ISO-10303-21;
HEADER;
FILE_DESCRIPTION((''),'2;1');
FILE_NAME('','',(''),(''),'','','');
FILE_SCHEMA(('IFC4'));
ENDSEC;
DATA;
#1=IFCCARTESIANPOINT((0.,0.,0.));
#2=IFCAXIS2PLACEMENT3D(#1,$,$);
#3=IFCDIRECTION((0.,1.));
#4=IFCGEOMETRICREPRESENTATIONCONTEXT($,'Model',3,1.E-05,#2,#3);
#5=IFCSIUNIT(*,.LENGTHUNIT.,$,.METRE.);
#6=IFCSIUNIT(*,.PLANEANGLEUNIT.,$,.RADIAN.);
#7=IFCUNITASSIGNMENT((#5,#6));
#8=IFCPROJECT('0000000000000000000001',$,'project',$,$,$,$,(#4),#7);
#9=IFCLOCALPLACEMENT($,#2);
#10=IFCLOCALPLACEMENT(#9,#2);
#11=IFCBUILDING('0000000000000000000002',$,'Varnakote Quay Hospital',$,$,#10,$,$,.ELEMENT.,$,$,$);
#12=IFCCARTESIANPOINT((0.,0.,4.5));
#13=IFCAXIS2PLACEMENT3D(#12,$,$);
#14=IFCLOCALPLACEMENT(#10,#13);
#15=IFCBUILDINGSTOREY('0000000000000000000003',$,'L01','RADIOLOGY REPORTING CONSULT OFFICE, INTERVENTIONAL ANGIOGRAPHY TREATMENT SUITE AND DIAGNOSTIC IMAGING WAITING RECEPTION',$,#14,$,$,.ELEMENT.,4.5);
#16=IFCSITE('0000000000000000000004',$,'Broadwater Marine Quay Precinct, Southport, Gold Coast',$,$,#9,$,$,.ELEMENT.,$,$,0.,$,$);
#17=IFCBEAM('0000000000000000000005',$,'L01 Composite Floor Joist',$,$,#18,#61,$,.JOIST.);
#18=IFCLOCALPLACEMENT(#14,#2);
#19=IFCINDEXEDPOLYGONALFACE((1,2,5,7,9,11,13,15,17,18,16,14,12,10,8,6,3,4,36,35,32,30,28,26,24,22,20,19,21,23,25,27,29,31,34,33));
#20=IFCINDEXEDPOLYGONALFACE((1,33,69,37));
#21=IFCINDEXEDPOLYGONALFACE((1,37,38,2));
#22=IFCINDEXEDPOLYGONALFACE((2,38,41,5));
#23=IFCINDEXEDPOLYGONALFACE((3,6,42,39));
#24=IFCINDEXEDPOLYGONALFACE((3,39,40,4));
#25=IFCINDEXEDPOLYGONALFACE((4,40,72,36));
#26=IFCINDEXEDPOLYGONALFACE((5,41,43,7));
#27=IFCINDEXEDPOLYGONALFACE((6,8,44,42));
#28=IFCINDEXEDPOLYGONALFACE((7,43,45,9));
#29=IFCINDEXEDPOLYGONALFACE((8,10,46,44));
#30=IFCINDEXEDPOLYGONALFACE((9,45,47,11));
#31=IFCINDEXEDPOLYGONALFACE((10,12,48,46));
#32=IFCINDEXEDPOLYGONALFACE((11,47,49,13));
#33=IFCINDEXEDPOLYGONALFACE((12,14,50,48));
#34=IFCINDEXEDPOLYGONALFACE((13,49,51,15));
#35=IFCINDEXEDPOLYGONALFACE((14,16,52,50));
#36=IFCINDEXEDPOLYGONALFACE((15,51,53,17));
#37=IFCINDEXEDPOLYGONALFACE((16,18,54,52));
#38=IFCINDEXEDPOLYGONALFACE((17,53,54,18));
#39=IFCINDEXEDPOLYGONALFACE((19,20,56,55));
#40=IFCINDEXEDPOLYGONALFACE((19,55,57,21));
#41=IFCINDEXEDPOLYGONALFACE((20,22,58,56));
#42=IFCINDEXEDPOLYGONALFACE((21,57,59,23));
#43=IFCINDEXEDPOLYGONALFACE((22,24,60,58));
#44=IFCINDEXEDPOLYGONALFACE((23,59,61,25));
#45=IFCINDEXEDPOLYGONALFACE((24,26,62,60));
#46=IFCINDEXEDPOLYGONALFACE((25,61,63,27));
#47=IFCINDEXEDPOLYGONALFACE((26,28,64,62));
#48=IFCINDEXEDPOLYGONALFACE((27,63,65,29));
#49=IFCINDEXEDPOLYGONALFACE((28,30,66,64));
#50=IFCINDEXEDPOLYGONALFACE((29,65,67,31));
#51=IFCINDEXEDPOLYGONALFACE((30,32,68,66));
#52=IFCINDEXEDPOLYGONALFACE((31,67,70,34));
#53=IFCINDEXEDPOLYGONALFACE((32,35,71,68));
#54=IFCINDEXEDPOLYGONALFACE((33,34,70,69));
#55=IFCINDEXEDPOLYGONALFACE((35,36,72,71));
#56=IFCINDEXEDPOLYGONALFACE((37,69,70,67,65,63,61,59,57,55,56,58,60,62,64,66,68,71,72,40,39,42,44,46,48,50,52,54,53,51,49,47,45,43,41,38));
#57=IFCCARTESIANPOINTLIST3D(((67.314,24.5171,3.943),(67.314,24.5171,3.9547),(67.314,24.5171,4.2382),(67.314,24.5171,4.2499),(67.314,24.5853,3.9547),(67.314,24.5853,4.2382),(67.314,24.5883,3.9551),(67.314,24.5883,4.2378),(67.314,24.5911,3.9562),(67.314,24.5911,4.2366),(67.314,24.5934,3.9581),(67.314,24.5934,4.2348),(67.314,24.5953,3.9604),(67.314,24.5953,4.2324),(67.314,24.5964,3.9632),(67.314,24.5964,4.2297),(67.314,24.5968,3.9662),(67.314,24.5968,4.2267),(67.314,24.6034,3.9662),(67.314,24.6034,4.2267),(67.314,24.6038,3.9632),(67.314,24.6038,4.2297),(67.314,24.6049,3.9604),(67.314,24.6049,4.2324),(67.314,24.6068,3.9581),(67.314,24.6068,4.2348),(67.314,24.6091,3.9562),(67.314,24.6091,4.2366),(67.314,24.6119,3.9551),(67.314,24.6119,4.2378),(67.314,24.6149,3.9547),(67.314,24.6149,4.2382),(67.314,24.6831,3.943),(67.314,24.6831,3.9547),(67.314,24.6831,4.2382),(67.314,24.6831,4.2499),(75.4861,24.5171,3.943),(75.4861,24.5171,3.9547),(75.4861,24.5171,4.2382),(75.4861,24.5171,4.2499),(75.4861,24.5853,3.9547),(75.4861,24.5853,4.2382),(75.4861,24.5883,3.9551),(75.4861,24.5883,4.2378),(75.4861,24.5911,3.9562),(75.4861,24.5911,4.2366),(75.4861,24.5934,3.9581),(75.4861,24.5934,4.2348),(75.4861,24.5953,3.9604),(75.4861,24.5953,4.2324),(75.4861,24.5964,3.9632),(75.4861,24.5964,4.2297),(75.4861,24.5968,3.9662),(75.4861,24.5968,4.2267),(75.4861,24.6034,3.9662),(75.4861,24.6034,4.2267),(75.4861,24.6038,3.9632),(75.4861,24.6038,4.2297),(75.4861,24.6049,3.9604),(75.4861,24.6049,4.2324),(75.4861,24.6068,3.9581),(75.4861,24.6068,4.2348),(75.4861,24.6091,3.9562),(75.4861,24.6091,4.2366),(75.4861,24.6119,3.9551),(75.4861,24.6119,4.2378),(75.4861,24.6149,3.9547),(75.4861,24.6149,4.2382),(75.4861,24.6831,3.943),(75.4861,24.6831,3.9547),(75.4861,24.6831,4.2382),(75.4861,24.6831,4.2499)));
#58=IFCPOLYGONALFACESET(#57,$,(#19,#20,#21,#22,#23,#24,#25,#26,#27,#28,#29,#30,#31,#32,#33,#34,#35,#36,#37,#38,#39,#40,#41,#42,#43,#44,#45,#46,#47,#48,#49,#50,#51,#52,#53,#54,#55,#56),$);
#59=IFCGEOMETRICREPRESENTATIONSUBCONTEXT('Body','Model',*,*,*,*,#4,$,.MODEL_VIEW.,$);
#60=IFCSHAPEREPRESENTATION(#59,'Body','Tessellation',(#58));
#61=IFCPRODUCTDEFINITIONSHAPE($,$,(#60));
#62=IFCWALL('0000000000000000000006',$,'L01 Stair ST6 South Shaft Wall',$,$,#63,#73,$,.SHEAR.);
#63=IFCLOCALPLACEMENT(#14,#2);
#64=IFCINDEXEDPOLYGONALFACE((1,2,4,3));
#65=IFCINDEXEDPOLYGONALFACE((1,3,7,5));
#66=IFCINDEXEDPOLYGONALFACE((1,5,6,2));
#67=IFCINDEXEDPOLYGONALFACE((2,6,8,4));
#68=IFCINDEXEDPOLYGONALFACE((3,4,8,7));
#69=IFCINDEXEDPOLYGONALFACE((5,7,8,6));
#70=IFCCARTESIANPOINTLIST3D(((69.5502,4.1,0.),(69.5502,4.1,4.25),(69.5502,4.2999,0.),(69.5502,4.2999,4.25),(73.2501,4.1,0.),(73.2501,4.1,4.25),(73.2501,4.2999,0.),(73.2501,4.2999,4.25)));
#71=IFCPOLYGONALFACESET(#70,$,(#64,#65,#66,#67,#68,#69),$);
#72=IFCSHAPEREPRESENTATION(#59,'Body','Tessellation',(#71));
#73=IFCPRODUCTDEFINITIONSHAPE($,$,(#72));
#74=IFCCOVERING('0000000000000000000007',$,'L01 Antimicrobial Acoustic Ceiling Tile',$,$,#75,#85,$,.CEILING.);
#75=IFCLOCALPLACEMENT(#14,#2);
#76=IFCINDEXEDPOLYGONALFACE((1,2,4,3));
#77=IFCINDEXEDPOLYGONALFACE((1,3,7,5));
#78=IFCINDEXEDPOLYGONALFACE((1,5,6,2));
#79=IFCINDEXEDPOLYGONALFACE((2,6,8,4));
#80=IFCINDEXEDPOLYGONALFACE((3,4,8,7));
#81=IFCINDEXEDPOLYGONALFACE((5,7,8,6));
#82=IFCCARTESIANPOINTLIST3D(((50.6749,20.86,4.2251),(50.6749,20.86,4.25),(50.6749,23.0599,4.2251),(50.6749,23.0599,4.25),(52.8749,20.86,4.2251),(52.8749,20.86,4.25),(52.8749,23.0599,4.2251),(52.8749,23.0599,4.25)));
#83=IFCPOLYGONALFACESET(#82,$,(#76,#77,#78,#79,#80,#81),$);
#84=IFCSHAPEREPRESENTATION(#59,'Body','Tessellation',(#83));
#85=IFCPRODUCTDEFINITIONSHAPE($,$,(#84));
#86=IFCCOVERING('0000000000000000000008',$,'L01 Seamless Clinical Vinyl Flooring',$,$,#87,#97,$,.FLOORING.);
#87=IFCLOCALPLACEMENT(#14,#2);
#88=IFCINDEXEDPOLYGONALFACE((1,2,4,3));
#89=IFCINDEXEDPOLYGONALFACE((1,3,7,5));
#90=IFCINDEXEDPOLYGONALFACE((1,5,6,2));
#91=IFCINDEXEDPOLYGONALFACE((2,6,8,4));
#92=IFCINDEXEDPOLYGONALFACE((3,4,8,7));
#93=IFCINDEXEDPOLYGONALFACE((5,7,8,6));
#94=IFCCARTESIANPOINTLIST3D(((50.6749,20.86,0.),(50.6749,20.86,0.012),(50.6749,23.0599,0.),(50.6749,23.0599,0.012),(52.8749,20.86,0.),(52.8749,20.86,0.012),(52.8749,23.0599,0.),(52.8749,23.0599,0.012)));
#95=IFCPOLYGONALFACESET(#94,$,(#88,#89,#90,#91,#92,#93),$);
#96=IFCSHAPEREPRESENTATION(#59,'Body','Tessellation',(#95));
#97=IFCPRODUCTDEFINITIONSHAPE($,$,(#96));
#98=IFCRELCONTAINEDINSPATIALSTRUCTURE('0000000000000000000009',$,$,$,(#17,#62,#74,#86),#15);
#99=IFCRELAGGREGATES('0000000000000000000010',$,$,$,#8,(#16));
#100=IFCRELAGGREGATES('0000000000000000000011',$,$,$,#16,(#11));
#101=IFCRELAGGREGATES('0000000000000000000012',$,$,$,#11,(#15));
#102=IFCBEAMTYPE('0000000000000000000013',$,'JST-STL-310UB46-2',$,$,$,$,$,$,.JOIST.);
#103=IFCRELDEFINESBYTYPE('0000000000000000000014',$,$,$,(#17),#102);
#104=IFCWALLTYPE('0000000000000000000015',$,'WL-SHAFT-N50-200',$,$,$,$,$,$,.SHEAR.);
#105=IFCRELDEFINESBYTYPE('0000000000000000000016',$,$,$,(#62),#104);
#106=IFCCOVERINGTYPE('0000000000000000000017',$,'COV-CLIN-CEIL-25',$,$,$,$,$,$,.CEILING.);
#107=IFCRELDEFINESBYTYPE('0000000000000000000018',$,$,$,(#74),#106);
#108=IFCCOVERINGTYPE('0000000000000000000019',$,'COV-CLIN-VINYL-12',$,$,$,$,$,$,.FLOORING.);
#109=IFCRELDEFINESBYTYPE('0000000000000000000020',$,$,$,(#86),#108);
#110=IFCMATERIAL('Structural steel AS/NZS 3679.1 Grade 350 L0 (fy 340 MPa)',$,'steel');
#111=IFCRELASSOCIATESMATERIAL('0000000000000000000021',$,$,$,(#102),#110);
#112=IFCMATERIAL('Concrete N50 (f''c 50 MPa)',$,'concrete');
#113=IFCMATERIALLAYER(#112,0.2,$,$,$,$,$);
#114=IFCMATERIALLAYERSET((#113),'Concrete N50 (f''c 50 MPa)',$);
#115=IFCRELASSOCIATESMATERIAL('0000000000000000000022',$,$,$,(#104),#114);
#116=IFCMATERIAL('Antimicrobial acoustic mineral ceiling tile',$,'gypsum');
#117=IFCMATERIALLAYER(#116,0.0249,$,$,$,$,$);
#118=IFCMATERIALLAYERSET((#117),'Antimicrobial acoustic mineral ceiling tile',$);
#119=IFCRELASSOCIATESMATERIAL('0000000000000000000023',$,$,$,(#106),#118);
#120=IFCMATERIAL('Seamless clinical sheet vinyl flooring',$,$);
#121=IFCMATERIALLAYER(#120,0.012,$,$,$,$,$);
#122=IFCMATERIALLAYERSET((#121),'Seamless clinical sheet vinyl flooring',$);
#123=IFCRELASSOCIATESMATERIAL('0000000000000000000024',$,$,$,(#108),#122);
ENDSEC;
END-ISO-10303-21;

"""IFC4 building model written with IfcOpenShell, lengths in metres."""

from ifc_helpers import new_model, si_unit, direction, frame, frame_2d, origin, origin_2d, place, context, subcontext, project, spatial, rectangle, i_section, extrude, material, layer, layer_set, material_profile, profile_set, type_object, element, save


model = new_model("IFC4")

# Units and contexts
model_context = context("Model", 3, precision=1e-05, world=origin(), true_north=direction((0.0, 1.0)))
body_context = subcontext(model_context, "Body", "Model", "MODEL_VIEW")
ifc_project = project(units=[si_unit("LENGTHUNIT", "METRE"), si_unit("PLANEANGLEUNIT", "RADIAN")], contexts=[model_context])

# Site, building, storey
site_placement = place(None, origin())
site = spatial("IfcSite", under=ifc_project, at=site_placement, Name="Broadwater Marine Quay Precinct, Southport, Gold Coast", CompositionType="ELEMENT", RefElevation=0.0)
building_placement = place(site_placement, origin())
building = spatial("IfcBuilding", under=site, at=building_placement, Name="Varnakote Quay Hospital", CompositionType="ELEMENT")
storey_placement = place(building_placement, frame((0.0, 0.0, 4.5)))
storey = spatial("IfcBuildingStorey", under=building, at=storey_placement, Name="L01", Description="RADIOLOGY REPORTING CONSULT OFFICE, INTERVENTIONAL ANGIOGRAPHY TREATMENT SUITE AND DIAGNOSTIC IMAGING WAITING RECEPTION", CompositionType="ELEMENT", Elevation=4.5)

# Beam
ifc_material_1 = material(Name="Structural steel AS/NZS 3679.1 Grade 350 L0 (fy 340 MPa)", Category="steel")
ifc_material_profile_1 = material_profile(ifc_material_1, i_section(OverallWidth=0.166, OverallDepth=0.3069, WebThickness=0.0066, FlangeThickness=0.0117, FilletRadius=0.0115, at=origin_2d()), Name="310UB46.2")
ifc_profile_set_1 = profile_set([ifc_material_profile_1], Name="Structural steel AS/NZS 3679.1 Grade 350 L0 (fy 340 MPa)")
beam_type_1 = type_object("IfcBeamType", Name="JST-STL-310UB46-2", PredefinedType="JOIST", material=ifc_profile_set_1)
beam_1_placement = place(storey_placement, frame((67.314, 24.6001, 4.0964), z_axis=(1.0, 0.0, 0.0), x_axis=(0.0, 1.0, 0.0)))
element("IfcBeam", 1, at=beam_1_placement, inside=storey, type_object=beam_type_1, Name="L01 Composite Floor Joist", PredefinedType="JOIST", context=body_context, shape_type="SweptSolid", body=[
    extrude(i_section(OverallWidth=0.166, OverallDepth=0.3069, WebThickness=0.0066, FlangeThickness=0.0117, FilletRadius=0.0115, at=origin_2d()), origin(), (0.0, 0.0, 1.0), 8.1721),
])

# Wall
ifc_material_2 = material(Name="Concrete N50 (f'c 50 MPa)", Category="concrete")
ifc_layer_1 = layer(ifc_material_2, 0.2)
ifc_layer_set_1 = layer_set([ifc_layer_1], Name="Concrete N50 (f'c 50 MPa)")
wall_type = type_object("IfcWallType", Name="WL-SHAFT-N50-200", PredefinedType="SHEAR", material=ifc_layer_set_1)
wall_placement = place(storey_placement, frame((69.55, 4.2, 0.0), z_axis=(0.0, 0.0, 1.0), x_axis=(1.0, 0.0, 0.0)))
element("IfcWall", 2, at=wall_placement, inside=storey, type_object=wall_type, Name="L01 Stair ST6 South Shaft Wall", PredefinedType="SHEAR", context=body_context, shape_type="SweptSolid", body=[
    extrude(rectangle(XDim=3.7, YDim=0.2, at=frame_2d((1.8501, 0.0))), origin(), (0.0, 0.0, 1.0), 4.25),
])

# Coverings
ifc_material_3 = material(Name="Antimicrobial acoustic mineral ceiling tile", Category="gypsum")
ifc_layer_2 = layer(ifc_material_3, 0.0249)
ifc_layer_set_2 = layer_set([ifc_layer_2], Name="Antimicrobial acoustic mineral ceiling tile")
covering_type_1 = type_object("IfcCoveringType", Name="COV-CLIN-CEIL-25", PredefinedType="CEILING", material=ifc_layer_set_2)
covering_1_placement = place(storey_placement, frame((51.7749, 21.96, 4.2251), z_axis=(0.0, 0.0, 1.0), x_axis=(1.0, 0.0, 0.0)))
element("IfcCovering", 3, at=covering_1_placement, inside=storey, type_object=covering_type_1, Name="L01 Antimicrobial Acoustic Ceiling Tile", PredefinedType="CEILING", context=body_context, shape_type="SweptSolid", body=[
    extrude(rectangle(XDim=2.2, YDim=2.2, at=origin_2d()), origin(), (0.0, 0.0, 1.0), 0.0249),
])
ifc_material_4 = material(Name="Seamless clinical sheet vinyl flooring")
ifc_layer_3 = layer(ifc_material_4, 0.012)
ifc_layer_set_3 = layer_set([ifc_layer_3], Name="Seamless clinical sheet vinyl flooring")
covering_type_2 = type_object("IfcCoveringType", Name="COV-CLIN-VINYL-12", PredefinedType="FLOORING", material=ifc_layer_set_3)
covering_2_placement = place(storey_placement, frame((51.7749, 21.96, 0.0), z_axis=(0.0, 0.0, 1.0), x_axis=(1.0, 0.0, 0.0)))
element("IfcCovering", 4, at=covering_2_placement, inside=storey, type_object=covering_type_2, Name="L01 Seamless Clinical Vinyl Flooring", PredefinedType="FLOORING", context=body_context, shape_type="SweptSolid", body=[
    extrude(rectangle(XDim=2.2, YDim=2.2, at=origin_2d()), origin(), (0.0, 0.0, 1.0), 0.012),
])

save(model, "model.ifc")
